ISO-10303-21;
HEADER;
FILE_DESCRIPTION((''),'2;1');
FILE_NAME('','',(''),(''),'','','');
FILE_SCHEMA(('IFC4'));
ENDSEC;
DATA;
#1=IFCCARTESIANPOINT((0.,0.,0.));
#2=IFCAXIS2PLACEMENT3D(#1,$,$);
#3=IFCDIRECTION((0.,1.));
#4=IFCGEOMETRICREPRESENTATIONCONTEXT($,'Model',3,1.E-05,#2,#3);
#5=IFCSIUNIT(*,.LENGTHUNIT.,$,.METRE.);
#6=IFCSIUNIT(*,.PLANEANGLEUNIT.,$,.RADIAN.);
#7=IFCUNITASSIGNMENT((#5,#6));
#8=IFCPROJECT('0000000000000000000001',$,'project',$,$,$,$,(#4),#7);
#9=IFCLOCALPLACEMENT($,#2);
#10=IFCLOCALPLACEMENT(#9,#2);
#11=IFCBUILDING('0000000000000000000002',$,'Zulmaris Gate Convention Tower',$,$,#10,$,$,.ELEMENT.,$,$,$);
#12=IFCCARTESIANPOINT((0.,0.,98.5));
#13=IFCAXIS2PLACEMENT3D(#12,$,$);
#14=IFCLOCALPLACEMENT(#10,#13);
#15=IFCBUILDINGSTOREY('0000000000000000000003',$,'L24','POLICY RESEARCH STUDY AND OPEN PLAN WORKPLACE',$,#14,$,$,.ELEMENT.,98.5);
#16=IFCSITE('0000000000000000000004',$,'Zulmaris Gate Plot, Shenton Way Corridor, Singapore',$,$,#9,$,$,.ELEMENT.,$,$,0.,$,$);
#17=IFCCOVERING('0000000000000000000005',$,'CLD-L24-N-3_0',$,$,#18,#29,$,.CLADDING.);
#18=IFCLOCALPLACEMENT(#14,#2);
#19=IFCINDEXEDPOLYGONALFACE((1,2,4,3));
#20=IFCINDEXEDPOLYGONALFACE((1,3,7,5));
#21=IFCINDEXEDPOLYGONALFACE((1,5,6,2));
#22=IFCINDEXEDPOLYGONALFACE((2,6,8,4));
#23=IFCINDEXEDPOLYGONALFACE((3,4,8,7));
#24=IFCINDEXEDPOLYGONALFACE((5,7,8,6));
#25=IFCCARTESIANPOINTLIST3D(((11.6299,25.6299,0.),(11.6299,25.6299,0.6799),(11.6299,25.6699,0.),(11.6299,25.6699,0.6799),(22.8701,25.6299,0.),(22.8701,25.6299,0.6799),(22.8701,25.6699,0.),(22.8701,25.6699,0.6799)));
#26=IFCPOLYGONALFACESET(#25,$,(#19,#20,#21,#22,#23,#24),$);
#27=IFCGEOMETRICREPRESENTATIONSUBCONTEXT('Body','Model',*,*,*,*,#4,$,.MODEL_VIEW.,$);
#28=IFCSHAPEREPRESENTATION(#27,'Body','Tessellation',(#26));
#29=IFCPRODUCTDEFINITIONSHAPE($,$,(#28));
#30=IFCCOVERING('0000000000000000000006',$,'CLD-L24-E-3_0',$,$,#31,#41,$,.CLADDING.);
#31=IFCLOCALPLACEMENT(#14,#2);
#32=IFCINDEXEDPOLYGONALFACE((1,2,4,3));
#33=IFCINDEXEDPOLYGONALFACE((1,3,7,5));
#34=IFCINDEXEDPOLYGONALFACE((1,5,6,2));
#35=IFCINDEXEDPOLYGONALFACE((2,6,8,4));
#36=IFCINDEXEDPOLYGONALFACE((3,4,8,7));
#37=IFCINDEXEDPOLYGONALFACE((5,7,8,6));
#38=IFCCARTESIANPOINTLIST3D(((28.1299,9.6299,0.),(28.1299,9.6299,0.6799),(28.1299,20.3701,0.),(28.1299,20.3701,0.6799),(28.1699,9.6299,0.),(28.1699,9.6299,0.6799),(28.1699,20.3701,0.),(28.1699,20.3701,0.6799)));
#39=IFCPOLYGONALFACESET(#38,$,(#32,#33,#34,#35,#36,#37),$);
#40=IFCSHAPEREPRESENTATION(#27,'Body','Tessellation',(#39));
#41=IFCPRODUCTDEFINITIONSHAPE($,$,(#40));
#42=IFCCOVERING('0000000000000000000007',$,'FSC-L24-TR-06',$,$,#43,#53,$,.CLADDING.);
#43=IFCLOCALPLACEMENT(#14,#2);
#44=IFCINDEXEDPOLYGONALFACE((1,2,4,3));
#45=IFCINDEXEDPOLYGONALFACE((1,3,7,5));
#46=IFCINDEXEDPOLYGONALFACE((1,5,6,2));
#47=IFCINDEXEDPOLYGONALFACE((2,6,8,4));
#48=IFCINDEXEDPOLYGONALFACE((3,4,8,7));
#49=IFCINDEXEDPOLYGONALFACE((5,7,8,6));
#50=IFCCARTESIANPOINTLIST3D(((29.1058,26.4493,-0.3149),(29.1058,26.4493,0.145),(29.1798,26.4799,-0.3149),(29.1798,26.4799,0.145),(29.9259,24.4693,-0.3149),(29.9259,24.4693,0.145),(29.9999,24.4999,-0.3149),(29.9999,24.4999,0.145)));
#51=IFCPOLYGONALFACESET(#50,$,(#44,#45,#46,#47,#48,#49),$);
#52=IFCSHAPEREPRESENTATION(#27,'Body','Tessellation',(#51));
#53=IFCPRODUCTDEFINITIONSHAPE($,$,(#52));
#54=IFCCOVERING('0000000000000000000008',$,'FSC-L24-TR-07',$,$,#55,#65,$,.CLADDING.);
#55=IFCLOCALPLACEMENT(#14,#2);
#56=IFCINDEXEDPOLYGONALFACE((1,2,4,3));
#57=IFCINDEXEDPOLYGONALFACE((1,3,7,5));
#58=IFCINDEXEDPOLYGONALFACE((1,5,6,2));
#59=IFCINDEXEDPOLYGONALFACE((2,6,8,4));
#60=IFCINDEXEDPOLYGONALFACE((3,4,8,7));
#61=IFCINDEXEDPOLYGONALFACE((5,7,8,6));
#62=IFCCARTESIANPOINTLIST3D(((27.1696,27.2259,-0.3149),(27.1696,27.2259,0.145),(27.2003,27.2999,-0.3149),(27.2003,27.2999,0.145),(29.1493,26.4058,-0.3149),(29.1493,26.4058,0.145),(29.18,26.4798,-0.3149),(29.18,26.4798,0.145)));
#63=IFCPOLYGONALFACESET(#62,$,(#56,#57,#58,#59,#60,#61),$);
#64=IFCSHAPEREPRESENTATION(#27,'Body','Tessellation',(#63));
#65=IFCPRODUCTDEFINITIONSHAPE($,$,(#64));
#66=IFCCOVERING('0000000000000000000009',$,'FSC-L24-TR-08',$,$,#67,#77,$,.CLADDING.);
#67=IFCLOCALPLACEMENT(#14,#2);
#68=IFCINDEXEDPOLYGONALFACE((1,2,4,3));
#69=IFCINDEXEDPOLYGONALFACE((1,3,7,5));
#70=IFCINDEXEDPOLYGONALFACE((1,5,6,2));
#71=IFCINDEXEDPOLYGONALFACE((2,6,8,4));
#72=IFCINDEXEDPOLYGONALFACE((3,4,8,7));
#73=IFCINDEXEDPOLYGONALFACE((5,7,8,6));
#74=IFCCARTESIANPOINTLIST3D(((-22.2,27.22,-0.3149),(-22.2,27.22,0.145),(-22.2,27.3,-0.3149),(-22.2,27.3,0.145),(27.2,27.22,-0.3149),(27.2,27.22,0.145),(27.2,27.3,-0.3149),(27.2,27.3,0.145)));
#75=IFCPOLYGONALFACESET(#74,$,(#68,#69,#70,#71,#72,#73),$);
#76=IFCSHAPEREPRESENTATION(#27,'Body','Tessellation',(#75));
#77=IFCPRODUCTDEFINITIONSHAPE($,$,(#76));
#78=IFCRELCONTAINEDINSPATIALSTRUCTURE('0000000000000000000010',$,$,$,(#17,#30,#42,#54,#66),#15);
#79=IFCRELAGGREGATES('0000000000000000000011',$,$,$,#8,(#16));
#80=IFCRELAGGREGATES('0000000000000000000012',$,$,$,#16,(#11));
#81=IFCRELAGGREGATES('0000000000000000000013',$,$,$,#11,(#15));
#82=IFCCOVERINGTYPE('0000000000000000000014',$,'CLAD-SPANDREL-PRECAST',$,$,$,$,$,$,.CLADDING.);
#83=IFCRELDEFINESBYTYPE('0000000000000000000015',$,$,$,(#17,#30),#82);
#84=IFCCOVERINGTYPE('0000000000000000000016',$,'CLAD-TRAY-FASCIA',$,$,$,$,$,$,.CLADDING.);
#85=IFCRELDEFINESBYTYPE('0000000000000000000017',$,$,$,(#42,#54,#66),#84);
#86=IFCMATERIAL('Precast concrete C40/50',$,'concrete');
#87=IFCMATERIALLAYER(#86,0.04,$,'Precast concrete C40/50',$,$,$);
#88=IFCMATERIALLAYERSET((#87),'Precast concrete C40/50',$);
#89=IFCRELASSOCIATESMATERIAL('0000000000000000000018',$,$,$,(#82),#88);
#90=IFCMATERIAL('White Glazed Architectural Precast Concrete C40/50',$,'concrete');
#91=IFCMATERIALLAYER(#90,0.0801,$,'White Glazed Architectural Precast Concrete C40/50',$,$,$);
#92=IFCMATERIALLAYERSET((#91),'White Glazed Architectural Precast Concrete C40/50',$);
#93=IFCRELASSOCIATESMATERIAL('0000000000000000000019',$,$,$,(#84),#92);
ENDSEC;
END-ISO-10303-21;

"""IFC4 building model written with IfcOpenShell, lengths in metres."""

from ifc_helpers import new_model, si_unit, direction, frame, frame_2d, origin, place, context, subcontext, project, spatial, rectangle, extrude, material, layer, layer_set, type_object, element, save


model = new_model("IFC4")

# Units and contexts
model_context = context("Model", 3, precision=1e-05, world=origin(), true_north=direction((0.0, 1.0)))
body_context = subcontext(model_context, "Body", "Model", "MODEL_VIEW")
ifc_project = project(units=[si_unit("LENGTHUNIT", "METRE"), si_unit("PLANEANGLEUNIT", "RADIAN")], contexts=[model_context])

# Site, building, storey
site_placement = place(None, origin())
site = spatial("IfcSite", under=ifc_project, at=site_placement, Name="Zulmaris Gate Plot, Shenton Way Corridor, Singapore", CompositionType="ELEMENT", RefElevation=0.0)
building_placement = place(site_placement, origin())
building = spatial("IfcBuilding", under=site, at=building_placement, Name="Zulmaris Gate Convention Tower", CompositionType="ELEMENT")
storey_placement = place(building_placement, frame((0.0, 0.0, 98.5)))
storey = spatial("IfcBuildingStorey", under=building, at=storey_placement, Name="L24", Description="POLICY RESEARCH STUDY AND OPEN PLAN WORKPLACE", CompositionType="ELEMENT", Elevation=98.5)

# Shared definitions
ifc_material_1 = material(Name="Precast concrete C40/50", Category="concrete")

# Coverings
ifc_layer_1 = layer(ifc_material_1, 0.04, Name="Precast concrete C40/50")
ifc_layer_set_1 = layer_set([ifc_layer_1], Name="Precast concrete C40/50")
covering_type_1 = type_object("IfcCoveringType", Name="CLAD-SPANDREL-PRECAST", PredefinedType="CLADDING", material=ifc_layer_set_1)
covering_1_placement = place(storey_placement, frame((22.8701, 25.6499, 0.0), z_axis=(0.0, 0.0, 1.0), x_axis=(-1.0, 0.0, 0.0)))
element("IfcCovering", 1, at=covering_1_placement, inside=storey, type_object=covering_type_1, Name="CLD-L24-N-3_0", PredefinedType="CLADDING", context=body_context, shape_type="SweptSolid", body=[
    extrude(rectangle(XDim=11.2402, YDim=0.04, at=frame_2d((5.6201, 0.0))), origin(), (0.0, 0.0, 1.0), 0.6799),
])
covering_2_placement = place(storey_placement, frame((28.1499, 9.6299, 0.0), z_axis=(0.0, 0.0, 1.0), x_axis=(0.0, 1.0, 0.0)))
element("IfcCovering", 2, at=covering_2_placement, inside=storey, type_object=covering_type_1, Name="CLD-L24-E-3_0", PredefinedType="CLADDING", context=body_context, shape_type="SweptSolid", body=[
    extrude(rectangle(XDim=10.7402, YDim=0.04, at=frame_2d((5.3701, 0.0))), origin(), (0.0, 0.0, 1.0), 0.6799),
])
ifc_material_2 = material(Name="White Glazed Architectural Precast Concrete C40/50", Category="concrete")
ifc_layer_2 = layer(ifc_material_2, 0.0801, Name="White Glazed Architectural Precast Concrete C40/50")
ifc_layer_set_2 = layer_set([ifc_layer_2], Name="White Glazed Architectural Precast Concrete C40/50")
covering_type_2 = type_object("IfcCoveringType", Name="CLAD-TRAY-FASCIA", PredefinedType="CLADDING", material=ifc_layer_set_2)
covering_3_placement = place(storey_placement, frame((29.9629, 24.4846, -0.3149), z_axis=(0.0, 0.0, 1.0), x_axis=(-0.382657, 0.92389, 0.0)))
element("IfcCovering", 3, at=covering_3_placement, inside=storey, type_object=covering_type_2, Name="FSC-L24-TR-06", PredefinedType="CLADDING", context=body_context, shape_type="SweptSolid", body=[
    extrude(rectangle(XDim=2.1431, YDim=0.0801, at=frame_2d((1.0715, 0.0))), origin(), (0.0, 0.0, 1.0), 0.46),
])
covering_4_placement = place(storey_placement, frame((29.1646, 26.4429, -0.3149), z_axis=(0.0, 0.0, 1.0), x_axis=(-0.923874, 0.382697, 0.0)))
element("IfcCovering", 4, at=covering_4_placement, inside=storey, type_object=covering_type_2, Name="FSC-L24-TR-07", PredefinedType="CLADDING", context=body_context, shape_type="SweptSolid", body=[
    extrude(rectangle(XDim=2.1428, YDim=0.0801, at=frame_2d((1.0713, 0.0))), origin(), (0.0, 0.0, 1.0), 0.46),
])
covering_5_placement = place(storey_placement, frame((27.2, 27.26, -0.3149), z_axis=(0.0, 0.0, 1.0), x_axis=(-1.0, 0.0, 0.0)))
element("IfcCovering", 5, at=covering_5_placement, inside=storey, type_object=covering_type_2, Name="FSC-L24-TR-08", PredefinedType="CLADDING", context=body_context, shape_type="SweptSolid", body=[
    extrude(rectangle(XDim=49.3999, YDim=0.0801, at=frame_2d((24.7, 0.0))), origin(), (0.0, 0.0, 1.0), 0.46),
])

save(model, "model.ifc")
